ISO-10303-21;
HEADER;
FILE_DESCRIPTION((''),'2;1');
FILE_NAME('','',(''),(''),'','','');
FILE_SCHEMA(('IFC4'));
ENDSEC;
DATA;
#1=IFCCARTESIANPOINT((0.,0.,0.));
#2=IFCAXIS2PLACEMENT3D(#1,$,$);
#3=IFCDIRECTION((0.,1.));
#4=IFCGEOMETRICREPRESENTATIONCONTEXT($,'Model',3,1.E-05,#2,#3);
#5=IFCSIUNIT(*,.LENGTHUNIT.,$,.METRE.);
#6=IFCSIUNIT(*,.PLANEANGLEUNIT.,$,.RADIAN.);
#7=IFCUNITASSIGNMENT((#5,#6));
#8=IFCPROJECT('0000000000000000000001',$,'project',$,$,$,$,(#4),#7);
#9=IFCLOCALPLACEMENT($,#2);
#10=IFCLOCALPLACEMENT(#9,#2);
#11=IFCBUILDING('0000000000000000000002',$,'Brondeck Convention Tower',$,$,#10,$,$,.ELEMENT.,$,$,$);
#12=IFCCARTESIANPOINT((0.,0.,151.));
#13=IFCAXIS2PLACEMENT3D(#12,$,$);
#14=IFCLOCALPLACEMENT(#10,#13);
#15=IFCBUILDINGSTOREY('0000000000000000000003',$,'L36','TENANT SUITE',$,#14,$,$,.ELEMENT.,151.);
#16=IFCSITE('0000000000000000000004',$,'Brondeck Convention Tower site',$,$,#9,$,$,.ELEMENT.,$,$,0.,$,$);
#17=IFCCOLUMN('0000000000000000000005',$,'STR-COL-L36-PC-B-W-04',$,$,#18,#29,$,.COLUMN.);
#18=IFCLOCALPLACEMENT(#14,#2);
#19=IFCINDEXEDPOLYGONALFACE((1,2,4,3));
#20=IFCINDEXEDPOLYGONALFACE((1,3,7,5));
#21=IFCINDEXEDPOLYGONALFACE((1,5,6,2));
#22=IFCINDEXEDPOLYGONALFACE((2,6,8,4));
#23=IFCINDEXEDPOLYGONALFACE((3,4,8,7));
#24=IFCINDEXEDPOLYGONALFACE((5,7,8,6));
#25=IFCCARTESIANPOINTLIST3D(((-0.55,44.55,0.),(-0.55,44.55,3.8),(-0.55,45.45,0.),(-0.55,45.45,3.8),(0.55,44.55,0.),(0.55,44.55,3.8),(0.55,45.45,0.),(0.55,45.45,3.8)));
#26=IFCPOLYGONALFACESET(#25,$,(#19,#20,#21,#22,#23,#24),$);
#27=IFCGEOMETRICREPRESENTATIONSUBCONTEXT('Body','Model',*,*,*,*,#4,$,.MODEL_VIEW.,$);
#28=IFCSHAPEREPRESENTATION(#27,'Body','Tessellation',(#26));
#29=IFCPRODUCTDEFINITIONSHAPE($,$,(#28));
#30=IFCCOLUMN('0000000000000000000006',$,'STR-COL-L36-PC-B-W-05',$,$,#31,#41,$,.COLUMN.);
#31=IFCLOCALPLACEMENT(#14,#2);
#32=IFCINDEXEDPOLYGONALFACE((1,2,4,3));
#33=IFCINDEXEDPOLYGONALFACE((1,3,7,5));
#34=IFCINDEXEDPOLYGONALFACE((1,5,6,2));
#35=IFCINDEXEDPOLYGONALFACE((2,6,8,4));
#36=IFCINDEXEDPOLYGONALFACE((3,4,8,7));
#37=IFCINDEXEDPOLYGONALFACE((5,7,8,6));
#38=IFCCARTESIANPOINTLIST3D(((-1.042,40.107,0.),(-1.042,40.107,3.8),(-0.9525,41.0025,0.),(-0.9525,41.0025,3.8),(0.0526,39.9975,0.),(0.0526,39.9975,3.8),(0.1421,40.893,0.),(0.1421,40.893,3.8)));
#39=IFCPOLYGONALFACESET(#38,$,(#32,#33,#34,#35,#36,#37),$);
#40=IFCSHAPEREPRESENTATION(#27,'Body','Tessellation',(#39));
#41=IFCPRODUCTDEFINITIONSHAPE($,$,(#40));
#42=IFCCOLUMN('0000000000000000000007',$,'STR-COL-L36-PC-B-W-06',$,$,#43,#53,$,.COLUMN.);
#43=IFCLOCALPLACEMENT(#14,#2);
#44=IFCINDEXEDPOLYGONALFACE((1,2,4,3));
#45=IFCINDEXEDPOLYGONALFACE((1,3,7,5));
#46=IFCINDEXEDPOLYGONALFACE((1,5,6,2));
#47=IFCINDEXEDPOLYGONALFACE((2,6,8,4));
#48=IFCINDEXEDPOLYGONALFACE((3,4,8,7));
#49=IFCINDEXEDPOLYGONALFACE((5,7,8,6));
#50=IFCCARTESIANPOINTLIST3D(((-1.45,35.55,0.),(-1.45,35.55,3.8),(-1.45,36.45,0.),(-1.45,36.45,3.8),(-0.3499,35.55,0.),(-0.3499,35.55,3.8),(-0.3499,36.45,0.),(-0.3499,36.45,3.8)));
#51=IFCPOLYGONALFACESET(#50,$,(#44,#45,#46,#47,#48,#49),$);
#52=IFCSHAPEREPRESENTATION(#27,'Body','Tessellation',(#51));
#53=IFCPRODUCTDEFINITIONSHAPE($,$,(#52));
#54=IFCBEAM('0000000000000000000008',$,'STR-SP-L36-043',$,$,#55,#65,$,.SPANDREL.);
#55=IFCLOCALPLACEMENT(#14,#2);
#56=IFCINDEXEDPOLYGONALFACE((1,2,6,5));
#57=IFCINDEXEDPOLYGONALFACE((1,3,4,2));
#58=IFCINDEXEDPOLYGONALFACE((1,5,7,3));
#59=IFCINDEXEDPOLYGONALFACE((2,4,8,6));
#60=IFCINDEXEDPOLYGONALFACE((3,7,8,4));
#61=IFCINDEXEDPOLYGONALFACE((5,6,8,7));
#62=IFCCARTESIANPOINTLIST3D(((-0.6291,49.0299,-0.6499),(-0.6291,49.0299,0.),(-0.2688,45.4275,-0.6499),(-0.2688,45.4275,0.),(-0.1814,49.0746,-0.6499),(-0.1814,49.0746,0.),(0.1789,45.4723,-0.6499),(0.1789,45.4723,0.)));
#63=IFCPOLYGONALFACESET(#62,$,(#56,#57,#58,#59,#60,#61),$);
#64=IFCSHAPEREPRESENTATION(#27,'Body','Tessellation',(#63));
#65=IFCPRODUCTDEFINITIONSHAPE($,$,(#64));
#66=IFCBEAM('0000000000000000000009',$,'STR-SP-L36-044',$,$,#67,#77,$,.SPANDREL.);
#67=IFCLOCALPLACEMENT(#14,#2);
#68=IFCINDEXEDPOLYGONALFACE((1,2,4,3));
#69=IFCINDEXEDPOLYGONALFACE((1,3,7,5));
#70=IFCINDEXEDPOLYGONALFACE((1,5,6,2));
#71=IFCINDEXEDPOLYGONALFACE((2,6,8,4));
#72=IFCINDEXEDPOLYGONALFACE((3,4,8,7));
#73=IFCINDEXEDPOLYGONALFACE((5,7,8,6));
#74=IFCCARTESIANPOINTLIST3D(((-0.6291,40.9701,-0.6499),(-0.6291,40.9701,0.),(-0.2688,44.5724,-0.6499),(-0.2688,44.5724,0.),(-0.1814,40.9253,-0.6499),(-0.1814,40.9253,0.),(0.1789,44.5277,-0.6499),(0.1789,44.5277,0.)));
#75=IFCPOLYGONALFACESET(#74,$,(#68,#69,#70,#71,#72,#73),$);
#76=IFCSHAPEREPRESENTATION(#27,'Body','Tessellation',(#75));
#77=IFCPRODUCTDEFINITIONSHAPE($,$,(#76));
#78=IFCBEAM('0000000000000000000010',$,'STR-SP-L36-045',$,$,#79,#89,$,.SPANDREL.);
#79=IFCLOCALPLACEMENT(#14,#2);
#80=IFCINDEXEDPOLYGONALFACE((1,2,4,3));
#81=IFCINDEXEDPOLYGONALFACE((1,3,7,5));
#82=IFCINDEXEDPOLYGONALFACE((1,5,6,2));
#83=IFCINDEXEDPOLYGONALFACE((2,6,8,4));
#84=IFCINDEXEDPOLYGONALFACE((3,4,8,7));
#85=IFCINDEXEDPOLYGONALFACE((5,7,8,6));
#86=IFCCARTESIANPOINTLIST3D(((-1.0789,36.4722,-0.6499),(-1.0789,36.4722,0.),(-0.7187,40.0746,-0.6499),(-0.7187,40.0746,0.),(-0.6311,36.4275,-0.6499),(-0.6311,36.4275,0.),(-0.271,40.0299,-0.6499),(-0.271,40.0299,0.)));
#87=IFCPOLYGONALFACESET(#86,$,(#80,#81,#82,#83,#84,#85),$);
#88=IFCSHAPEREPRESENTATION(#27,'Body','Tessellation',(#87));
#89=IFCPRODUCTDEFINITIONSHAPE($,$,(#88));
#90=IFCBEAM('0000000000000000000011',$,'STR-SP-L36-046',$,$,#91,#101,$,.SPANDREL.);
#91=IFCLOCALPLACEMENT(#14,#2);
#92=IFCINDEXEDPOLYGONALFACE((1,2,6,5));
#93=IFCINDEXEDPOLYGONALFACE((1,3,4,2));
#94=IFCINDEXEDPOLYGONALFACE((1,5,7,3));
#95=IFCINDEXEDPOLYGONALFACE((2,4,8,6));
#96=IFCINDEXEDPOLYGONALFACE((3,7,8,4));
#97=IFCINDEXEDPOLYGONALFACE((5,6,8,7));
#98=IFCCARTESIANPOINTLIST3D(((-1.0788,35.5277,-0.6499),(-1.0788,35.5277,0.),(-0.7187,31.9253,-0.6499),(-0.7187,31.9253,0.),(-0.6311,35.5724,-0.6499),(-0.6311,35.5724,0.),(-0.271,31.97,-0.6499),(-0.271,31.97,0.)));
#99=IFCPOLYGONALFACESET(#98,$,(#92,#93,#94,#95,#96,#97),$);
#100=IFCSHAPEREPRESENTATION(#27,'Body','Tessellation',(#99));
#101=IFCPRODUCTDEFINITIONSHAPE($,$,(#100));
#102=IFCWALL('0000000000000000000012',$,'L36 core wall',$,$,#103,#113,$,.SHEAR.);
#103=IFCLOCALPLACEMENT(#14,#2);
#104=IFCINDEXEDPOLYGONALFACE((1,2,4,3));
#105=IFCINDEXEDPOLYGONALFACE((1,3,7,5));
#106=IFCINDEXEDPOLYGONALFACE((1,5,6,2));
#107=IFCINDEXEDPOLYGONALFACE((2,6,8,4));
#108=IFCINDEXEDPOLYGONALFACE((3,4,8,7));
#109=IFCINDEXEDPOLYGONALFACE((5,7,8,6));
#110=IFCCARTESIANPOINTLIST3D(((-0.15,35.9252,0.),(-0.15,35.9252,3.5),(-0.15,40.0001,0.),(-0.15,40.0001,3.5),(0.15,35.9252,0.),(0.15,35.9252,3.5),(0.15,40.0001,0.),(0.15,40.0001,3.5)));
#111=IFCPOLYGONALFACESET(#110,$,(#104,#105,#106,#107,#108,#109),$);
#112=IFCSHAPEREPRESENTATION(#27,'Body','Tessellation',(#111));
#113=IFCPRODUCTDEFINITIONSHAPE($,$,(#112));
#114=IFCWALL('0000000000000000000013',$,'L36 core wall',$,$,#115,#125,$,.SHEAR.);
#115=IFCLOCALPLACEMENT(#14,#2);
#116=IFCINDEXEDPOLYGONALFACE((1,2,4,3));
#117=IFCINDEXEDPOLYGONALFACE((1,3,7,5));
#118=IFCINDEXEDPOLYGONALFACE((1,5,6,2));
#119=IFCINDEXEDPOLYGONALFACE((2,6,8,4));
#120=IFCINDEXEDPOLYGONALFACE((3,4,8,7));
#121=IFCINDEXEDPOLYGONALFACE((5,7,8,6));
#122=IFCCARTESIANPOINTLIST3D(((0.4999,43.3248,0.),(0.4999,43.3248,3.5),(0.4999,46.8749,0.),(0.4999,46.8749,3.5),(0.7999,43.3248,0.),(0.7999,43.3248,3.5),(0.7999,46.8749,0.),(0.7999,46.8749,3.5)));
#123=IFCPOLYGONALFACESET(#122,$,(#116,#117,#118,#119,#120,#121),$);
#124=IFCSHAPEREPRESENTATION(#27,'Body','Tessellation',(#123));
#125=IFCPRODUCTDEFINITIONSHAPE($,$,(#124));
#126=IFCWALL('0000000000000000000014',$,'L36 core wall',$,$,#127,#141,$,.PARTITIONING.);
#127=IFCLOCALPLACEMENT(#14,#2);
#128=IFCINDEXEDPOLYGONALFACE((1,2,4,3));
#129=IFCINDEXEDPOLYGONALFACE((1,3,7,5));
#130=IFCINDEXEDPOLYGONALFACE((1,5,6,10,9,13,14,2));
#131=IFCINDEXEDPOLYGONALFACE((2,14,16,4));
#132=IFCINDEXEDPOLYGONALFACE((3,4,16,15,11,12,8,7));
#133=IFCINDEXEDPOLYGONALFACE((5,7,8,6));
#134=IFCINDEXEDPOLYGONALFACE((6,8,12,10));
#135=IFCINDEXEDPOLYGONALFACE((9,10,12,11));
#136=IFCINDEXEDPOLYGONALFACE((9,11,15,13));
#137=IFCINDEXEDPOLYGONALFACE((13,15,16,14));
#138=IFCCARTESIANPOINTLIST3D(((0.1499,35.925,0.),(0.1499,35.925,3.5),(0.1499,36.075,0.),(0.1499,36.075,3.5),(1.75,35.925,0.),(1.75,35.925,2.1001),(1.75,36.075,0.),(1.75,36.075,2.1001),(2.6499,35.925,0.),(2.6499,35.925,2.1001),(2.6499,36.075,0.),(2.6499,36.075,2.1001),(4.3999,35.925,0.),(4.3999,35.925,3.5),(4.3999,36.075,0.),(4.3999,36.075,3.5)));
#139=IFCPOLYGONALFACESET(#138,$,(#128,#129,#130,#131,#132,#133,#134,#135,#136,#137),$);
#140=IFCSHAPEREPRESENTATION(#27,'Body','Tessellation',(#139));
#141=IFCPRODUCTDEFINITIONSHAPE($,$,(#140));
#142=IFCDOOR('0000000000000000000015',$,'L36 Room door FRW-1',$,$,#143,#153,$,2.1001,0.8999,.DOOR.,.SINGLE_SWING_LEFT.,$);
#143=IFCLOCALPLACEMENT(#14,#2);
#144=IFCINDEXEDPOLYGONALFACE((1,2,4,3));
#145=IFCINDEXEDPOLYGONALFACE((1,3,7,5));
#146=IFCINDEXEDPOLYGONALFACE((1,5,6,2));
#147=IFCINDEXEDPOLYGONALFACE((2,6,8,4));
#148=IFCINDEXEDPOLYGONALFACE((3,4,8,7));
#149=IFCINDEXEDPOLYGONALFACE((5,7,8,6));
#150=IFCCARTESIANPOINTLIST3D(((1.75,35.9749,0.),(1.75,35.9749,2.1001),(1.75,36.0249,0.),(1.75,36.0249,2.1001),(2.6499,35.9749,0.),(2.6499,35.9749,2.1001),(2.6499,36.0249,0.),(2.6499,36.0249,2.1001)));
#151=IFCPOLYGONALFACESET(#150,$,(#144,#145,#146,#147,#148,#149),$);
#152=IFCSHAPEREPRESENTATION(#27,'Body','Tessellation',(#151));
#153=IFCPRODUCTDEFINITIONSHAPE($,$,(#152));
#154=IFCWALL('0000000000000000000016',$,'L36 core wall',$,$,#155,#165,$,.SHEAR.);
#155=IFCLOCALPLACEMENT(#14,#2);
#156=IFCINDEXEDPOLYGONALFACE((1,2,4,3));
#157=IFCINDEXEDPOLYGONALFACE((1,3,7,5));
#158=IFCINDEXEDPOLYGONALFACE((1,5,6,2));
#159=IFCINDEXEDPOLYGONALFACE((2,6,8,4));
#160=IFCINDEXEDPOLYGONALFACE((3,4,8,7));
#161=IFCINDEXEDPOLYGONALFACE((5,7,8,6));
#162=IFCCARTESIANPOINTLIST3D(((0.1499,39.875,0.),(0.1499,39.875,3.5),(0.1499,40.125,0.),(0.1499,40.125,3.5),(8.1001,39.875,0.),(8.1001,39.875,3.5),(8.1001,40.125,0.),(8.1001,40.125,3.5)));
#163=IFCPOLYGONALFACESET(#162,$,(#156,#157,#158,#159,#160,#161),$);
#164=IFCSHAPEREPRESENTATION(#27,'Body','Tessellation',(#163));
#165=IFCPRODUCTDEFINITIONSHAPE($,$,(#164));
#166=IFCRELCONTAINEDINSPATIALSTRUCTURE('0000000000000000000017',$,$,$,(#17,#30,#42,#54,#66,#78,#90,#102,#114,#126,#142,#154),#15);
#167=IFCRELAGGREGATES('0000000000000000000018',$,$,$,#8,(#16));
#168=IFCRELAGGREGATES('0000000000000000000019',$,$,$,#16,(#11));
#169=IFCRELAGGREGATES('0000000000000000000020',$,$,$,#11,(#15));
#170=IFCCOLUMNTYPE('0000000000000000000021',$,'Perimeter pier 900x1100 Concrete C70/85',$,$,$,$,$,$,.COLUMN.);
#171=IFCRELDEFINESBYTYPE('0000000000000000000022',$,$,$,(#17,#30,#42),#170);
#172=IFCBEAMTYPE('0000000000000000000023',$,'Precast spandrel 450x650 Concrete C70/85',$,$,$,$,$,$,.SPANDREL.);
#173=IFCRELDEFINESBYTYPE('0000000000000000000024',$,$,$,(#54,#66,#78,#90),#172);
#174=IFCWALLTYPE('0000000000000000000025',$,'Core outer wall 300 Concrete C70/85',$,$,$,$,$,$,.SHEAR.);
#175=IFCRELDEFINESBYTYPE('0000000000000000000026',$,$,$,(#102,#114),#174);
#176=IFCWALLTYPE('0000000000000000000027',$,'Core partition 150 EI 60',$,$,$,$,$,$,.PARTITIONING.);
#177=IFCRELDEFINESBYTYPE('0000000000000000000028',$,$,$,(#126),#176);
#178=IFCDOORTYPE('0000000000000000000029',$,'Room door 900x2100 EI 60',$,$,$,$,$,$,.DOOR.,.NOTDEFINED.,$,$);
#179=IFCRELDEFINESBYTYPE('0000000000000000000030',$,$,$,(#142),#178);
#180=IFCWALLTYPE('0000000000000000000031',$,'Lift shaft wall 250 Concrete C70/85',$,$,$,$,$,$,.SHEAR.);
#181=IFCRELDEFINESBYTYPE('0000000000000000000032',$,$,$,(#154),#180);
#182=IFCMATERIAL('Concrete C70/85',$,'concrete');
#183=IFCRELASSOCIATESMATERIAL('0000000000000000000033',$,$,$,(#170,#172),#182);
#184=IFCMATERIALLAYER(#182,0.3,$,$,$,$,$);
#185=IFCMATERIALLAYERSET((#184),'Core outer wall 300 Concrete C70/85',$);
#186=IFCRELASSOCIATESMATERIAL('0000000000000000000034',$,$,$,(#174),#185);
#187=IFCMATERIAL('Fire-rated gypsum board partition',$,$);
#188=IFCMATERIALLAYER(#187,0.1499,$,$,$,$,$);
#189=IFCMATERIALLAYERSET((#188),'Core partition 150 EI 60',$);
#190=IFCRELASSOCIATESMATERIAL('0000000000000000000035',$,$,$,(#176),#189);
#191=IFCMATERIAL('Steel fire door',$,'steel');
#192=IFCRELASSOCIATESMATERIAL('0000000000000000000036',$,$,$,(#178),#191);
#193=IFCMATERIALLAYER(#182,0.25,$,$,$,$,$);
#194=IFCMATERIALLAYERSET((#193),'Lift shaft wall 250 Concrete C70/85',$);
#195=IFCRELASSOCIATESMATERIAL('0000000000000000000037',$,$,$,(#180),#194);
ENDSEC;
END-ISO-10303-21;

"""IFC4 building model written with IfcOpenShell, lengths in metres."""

from ifc_helpers import new_model, si_unit, direction, frame, frame_2d, origin, origin_2d, place, context, subcontext, project, spatial, rectangle, extrude, material, layer, layer_set, material_profile, profile_set, type_object, element, fill, save


model = new_model("IFC4")

# Units and contexts
model_context = context("Model", 3, precision=1e-05, world=origin(), true_north=direction((0.0, 1.0)))
body_context = subcontext(model_context, "Body", "Model", "MODEL_VIEW")
ifc_project = project(units=[si_unit("LENGTHUNIT", "METRE"), si_unit("PLANEANGLEUNIT", "RADIAN")], contexts=[model_context])

# Site, building, storey
site_placement = place(None, origin())
site = spatial("IfcSite", under=ifc_project, at=site_placement, Name="Brondeck Convention Tower site", CompositionType="ELEMENT", RefElevation=0.0)
building_placement = place(site_placement, origin())
building = spatial("IfcBuilding", under=site, at=building_placement, Name="Brondeck Convention Tower", CompositionType="ELEMENT")
storey_placement = place(building_placement, frame((0.0, 0.0, 151.0)))
storey = spatial("IfcBuildingStorey", under=building, at=storey_placement, Name="L36", Description="TENANT SUITE", CompositionType="ELEMENT", Elevation=151.0)

# Columns
ifc_material_1 = material(Name="Concrete C70/85", Category="concrete")
ifc_material_profile_1 = material_profile(ifc_material_1, rectangle(XDim=0.8999, YDim=1.1001, at=origin_2d()), Name="Perimeter pier 900x1100 Concrete C70/85")
ifc_profile_set_1 = profile_set([ifc_material_profile_1], Name="Concrete C70/85")
column_type = type_object("IfcColumnType", Name="Perimeter pier 900x1100 Concrete C70/85", PredefinedType="COLUMN", material=ifc_profile_set_1)
for number, where, z_axis, x_axis, name in (
    (1, (0.0, 45.0, 0.0), (0.0, 0.0, 1.0), (0.0, -1.0, 0.0), "STR-COL-L36-PC-B-W-04"),
    (2, (-0.45, 40.5, 0.0), (0.0, 0.0, 1.0), (-0.099504, -0.995037, 0.0), "STR-COL-L36-PC-B-W-05"),
    (3, (-0.8999, 36.0, 0.0), (0.0, 0.0, 1.0), (0.0, -1.0, 0.0), "STR-COL-L36-PC-B-W-06"),
):
    element("IfcColumn", number, at=place(storey_placement, frame(where, z_axis=z_axis, x_axis=x_axis)), inside=storey, type_object=column_type, Name=name, PredefinedType="COLUMN", context=body_context, shape_type="SweptSolid", body=[
        extrude(rectangle(XDim=0.8999, YDim=1.1001, at=origin_2d()), origin(), (0.0, 0.0, 1.0), 3.8),
    ])

# Beams
ifc_material_profile_2 = material_profile(ifc_material_1, rectangle(XDim=0.45, YDim=0.6499, at=origin_2d()), Name="Precast spandrel 450x650 Concrete C70/85")
ifc_profile_set_2 = profile_set([ifc_material_profile_2], Name="Concrete C70/85")
beam_type = type_object("IfcBeamType", Name="Precast spandrel 450x650 Concrete C70/85", PredefinedType="SPANDREL", material=ifc_profile_set_2)
for number, where, z_axis, x_axis, name in (
    (4, (-0.4053, 49.0522, -0.325), (0.099537, -0.995034, 0.0), (0.995034, 0.099537, 0.0), "STR-SP-L36-043"),
    (5, (-0.0449, 44.55, -0.325), (-0.099537, -0.995034, 0.0), (0.995034, -0.099537, 0.0), "STR-SP-L36-044"),
    (6, (-0.4949, 40.0522, -0.325), (-0.09947, -0.995041, 0.0), (0.995041, -0.09947, 0.0), "STR-SP-L36-045"),
    (7, (-0.855, 35.55, -0.325), (0.09947, -0.995041, 0.0), (0.995041, 0.09947, 0.0), "STR-SP-L36-046"),
):
    element("IfcBeam", number, at=place(storey_placement, frame(where, z_axis=z_axis, x_axis=x_axis)), inside=storey, type_object=beam_type, Name=name, PredefinedType="SPANDREL", context=body_context, shape_type="SweptSolid", body=[
        extrude(rectangle(XDim=0.45, YDim=0.6499, at=origin_2d()), origin(), (0.0, 0.0, 1.0), 3.6204),
    ])

# Walls
ifc_layer_1 = layer(ifc_material_1, 0.3)
ifc_layer_set_1 = layer_set([ifc_layer_1], Name="Core outer wall 300 Concrete C70/85")
wall_type_1 = type_object("IfcWallType", Name="Core outer wall 300 Concrete C70/85", PredefinedType="SHEAR", material=ifc_layer_set_1)
wall_1_placement = place(storey_placement, frame((0.0, 35.925, 0.0), z_axis=(0.0, 0.0, 1.0), x_axis=(0.0, 1.0, 0.0)))
element("IfcWall", 8, at=wall_1_placement, inside=storey, type_object=wall_type_1, Name="L36 core wall", PredefinedType="SHEAR", context=body_context, shape_type="SweptSolid", body=[
    extrude(rectangle(XDim=4.075, YDim=0.3, at=frame_2d((2.0376, 0.0))), origin(), (0.0, 0.0, 1.0), 3.5),
])
wall_2_placement = place(storey_placement, frame((0.6499, 43.325, 0.0), z_axis=(0.0, 0.0, 1.0), x_axis=(0.0, 1.0, 0.0)))
element("IfcWall", 9, at=wall_2_placement, inside=storey, type_object=wall_type_1, Name="L36 core wall", PredefinedType="SHEAR", context=body_context, shape_type="SweptSolid", body=[
    extrude(rectangle(XDim=3.55, YDim=0.3, at=frame_2d((1.7749, 0.0))), origin(), (0.0, 0.0, 1.0), 3.5),
])

# Wall, opening, door
ifc_material_2 = material(Name="Fire-rated gypsum board partition")
ifc_layer_2 = layer(ifc_material_2, 0.1499)
ifc_layer_set_2 = layer_set([ifc_layer_2], Name="Core partition 150 EI 60")
wall_type_2 = type_object("IfcWallType", Name="Core partition 150 EI 60", PredefinedType="PARTITIONING", material=ifc_layer_set_2)
wall_3_placement = place(storey_placement, frame((0.1499, 36.0, 0.0), z_axis=(0.0, 0.0, 1.0), x_axis=(1.0, 0.0, 0.0)))
wall_3 = element("IfcWall", 10, at=wall_3_placement, inside=storey, type_object=wall_type_2, Name="L36 core wall", PredefinedType="PARTITIONING", context=body_context, shape_type="SweptSolid", body=[
    extrude(rectangle(XDim=4.25, YDim=0.1499, at=frame_2d((2.125, 0.0))), origin(), (0.0, 0.0, 1.0), 3.5),
])
opening_1_placement = place(wall_3_placement, frame((1.6001, 0.0, 0.0)))
opening_1 = element("IfcOpeningElement", 11, at=opening_1_placement, cuts=wall_3, PredefinedType="OPENING", context=body_context, shape_type="SweptSolid", body=[
    extrude(rectangle(XDim=0.8999, YDim=2.1001, at=frame_2d((0.45, 1.05))), frame((0.0, 0.085, 0.0), z_axis=(0.0, -1.0, 0.0), x_axis=(1.0, 0.0, 0.0)), (0.0, 0.0, 1.0), 0.1699),
])
ifc_material_3 = material(Name="Steel fire door", Category="steel")
door_type_1 = type_object("IfcDoorType", Name="Room door 900x2100 EI 60", OperationType="NOTDEFINED", PredefinedType="DOOR", material=ifc_material_3)
door_1_placement = place(opening_1_placement, origin())
door_1 = element("IfcDoor", 12, at=door_1_placement, inside=storey, type_object=door_type_1, Name="L36 Room door FRW-1", OperationType="SINGLE_SWING_LEFT", OverallHeight=2.1001, OverallWidth=0.8999, PredefinedType="DOOR", context=body_context, shape_type="SweptSolid", body=[
    extrude(rectangle(XDim=0.8999, YDim=2.1001, at=frame_2d((0.45, 1.05))), frame((0.0, 0.0249, 0.0), z_axis=(0.0, -1.0, 0.0), x_axis=(1.0, 0.0, 0.0)), (0.0, 0.0, 1.0), 0.05),
])
fill(opening_1, door_1)

# Wall
ifc_layer_3 = layer(ifc_material_1, 0.25)
ifc_layer_set_3 = layer_set([ifc_layer_3], Name="Lift shaft wall 250 Concrete C70/85")
wall_type_3 = type_object("IfcWallType", Name="Lift shaft wall 250 Concrete C70/85", PredefinedType="SHEAR", material=ifc_layer_set_3)
wall_4_placement = place(storey_placement, frame((0.1499, 40.0, 0.0), z_axis=(0.0, 0.0, 1.0), x_axis=(1.0, 0.0, 0.0)))
element("IfcWall", 13, at=wall_4_placement, inside=storey, type_object=wall_type_3, Name="L36 core wall", PredefinedType="SHEAR", context=body_context, shape_type="SweptSolid", body=[
    extrude(rectangle(XDim=7.9502, YDim=0.25, at=frame_2d((3.9751, 0.0))), origin(), (0.0, 0.0, 1.0), 3.5),
])

save(model, "model.ifc")
